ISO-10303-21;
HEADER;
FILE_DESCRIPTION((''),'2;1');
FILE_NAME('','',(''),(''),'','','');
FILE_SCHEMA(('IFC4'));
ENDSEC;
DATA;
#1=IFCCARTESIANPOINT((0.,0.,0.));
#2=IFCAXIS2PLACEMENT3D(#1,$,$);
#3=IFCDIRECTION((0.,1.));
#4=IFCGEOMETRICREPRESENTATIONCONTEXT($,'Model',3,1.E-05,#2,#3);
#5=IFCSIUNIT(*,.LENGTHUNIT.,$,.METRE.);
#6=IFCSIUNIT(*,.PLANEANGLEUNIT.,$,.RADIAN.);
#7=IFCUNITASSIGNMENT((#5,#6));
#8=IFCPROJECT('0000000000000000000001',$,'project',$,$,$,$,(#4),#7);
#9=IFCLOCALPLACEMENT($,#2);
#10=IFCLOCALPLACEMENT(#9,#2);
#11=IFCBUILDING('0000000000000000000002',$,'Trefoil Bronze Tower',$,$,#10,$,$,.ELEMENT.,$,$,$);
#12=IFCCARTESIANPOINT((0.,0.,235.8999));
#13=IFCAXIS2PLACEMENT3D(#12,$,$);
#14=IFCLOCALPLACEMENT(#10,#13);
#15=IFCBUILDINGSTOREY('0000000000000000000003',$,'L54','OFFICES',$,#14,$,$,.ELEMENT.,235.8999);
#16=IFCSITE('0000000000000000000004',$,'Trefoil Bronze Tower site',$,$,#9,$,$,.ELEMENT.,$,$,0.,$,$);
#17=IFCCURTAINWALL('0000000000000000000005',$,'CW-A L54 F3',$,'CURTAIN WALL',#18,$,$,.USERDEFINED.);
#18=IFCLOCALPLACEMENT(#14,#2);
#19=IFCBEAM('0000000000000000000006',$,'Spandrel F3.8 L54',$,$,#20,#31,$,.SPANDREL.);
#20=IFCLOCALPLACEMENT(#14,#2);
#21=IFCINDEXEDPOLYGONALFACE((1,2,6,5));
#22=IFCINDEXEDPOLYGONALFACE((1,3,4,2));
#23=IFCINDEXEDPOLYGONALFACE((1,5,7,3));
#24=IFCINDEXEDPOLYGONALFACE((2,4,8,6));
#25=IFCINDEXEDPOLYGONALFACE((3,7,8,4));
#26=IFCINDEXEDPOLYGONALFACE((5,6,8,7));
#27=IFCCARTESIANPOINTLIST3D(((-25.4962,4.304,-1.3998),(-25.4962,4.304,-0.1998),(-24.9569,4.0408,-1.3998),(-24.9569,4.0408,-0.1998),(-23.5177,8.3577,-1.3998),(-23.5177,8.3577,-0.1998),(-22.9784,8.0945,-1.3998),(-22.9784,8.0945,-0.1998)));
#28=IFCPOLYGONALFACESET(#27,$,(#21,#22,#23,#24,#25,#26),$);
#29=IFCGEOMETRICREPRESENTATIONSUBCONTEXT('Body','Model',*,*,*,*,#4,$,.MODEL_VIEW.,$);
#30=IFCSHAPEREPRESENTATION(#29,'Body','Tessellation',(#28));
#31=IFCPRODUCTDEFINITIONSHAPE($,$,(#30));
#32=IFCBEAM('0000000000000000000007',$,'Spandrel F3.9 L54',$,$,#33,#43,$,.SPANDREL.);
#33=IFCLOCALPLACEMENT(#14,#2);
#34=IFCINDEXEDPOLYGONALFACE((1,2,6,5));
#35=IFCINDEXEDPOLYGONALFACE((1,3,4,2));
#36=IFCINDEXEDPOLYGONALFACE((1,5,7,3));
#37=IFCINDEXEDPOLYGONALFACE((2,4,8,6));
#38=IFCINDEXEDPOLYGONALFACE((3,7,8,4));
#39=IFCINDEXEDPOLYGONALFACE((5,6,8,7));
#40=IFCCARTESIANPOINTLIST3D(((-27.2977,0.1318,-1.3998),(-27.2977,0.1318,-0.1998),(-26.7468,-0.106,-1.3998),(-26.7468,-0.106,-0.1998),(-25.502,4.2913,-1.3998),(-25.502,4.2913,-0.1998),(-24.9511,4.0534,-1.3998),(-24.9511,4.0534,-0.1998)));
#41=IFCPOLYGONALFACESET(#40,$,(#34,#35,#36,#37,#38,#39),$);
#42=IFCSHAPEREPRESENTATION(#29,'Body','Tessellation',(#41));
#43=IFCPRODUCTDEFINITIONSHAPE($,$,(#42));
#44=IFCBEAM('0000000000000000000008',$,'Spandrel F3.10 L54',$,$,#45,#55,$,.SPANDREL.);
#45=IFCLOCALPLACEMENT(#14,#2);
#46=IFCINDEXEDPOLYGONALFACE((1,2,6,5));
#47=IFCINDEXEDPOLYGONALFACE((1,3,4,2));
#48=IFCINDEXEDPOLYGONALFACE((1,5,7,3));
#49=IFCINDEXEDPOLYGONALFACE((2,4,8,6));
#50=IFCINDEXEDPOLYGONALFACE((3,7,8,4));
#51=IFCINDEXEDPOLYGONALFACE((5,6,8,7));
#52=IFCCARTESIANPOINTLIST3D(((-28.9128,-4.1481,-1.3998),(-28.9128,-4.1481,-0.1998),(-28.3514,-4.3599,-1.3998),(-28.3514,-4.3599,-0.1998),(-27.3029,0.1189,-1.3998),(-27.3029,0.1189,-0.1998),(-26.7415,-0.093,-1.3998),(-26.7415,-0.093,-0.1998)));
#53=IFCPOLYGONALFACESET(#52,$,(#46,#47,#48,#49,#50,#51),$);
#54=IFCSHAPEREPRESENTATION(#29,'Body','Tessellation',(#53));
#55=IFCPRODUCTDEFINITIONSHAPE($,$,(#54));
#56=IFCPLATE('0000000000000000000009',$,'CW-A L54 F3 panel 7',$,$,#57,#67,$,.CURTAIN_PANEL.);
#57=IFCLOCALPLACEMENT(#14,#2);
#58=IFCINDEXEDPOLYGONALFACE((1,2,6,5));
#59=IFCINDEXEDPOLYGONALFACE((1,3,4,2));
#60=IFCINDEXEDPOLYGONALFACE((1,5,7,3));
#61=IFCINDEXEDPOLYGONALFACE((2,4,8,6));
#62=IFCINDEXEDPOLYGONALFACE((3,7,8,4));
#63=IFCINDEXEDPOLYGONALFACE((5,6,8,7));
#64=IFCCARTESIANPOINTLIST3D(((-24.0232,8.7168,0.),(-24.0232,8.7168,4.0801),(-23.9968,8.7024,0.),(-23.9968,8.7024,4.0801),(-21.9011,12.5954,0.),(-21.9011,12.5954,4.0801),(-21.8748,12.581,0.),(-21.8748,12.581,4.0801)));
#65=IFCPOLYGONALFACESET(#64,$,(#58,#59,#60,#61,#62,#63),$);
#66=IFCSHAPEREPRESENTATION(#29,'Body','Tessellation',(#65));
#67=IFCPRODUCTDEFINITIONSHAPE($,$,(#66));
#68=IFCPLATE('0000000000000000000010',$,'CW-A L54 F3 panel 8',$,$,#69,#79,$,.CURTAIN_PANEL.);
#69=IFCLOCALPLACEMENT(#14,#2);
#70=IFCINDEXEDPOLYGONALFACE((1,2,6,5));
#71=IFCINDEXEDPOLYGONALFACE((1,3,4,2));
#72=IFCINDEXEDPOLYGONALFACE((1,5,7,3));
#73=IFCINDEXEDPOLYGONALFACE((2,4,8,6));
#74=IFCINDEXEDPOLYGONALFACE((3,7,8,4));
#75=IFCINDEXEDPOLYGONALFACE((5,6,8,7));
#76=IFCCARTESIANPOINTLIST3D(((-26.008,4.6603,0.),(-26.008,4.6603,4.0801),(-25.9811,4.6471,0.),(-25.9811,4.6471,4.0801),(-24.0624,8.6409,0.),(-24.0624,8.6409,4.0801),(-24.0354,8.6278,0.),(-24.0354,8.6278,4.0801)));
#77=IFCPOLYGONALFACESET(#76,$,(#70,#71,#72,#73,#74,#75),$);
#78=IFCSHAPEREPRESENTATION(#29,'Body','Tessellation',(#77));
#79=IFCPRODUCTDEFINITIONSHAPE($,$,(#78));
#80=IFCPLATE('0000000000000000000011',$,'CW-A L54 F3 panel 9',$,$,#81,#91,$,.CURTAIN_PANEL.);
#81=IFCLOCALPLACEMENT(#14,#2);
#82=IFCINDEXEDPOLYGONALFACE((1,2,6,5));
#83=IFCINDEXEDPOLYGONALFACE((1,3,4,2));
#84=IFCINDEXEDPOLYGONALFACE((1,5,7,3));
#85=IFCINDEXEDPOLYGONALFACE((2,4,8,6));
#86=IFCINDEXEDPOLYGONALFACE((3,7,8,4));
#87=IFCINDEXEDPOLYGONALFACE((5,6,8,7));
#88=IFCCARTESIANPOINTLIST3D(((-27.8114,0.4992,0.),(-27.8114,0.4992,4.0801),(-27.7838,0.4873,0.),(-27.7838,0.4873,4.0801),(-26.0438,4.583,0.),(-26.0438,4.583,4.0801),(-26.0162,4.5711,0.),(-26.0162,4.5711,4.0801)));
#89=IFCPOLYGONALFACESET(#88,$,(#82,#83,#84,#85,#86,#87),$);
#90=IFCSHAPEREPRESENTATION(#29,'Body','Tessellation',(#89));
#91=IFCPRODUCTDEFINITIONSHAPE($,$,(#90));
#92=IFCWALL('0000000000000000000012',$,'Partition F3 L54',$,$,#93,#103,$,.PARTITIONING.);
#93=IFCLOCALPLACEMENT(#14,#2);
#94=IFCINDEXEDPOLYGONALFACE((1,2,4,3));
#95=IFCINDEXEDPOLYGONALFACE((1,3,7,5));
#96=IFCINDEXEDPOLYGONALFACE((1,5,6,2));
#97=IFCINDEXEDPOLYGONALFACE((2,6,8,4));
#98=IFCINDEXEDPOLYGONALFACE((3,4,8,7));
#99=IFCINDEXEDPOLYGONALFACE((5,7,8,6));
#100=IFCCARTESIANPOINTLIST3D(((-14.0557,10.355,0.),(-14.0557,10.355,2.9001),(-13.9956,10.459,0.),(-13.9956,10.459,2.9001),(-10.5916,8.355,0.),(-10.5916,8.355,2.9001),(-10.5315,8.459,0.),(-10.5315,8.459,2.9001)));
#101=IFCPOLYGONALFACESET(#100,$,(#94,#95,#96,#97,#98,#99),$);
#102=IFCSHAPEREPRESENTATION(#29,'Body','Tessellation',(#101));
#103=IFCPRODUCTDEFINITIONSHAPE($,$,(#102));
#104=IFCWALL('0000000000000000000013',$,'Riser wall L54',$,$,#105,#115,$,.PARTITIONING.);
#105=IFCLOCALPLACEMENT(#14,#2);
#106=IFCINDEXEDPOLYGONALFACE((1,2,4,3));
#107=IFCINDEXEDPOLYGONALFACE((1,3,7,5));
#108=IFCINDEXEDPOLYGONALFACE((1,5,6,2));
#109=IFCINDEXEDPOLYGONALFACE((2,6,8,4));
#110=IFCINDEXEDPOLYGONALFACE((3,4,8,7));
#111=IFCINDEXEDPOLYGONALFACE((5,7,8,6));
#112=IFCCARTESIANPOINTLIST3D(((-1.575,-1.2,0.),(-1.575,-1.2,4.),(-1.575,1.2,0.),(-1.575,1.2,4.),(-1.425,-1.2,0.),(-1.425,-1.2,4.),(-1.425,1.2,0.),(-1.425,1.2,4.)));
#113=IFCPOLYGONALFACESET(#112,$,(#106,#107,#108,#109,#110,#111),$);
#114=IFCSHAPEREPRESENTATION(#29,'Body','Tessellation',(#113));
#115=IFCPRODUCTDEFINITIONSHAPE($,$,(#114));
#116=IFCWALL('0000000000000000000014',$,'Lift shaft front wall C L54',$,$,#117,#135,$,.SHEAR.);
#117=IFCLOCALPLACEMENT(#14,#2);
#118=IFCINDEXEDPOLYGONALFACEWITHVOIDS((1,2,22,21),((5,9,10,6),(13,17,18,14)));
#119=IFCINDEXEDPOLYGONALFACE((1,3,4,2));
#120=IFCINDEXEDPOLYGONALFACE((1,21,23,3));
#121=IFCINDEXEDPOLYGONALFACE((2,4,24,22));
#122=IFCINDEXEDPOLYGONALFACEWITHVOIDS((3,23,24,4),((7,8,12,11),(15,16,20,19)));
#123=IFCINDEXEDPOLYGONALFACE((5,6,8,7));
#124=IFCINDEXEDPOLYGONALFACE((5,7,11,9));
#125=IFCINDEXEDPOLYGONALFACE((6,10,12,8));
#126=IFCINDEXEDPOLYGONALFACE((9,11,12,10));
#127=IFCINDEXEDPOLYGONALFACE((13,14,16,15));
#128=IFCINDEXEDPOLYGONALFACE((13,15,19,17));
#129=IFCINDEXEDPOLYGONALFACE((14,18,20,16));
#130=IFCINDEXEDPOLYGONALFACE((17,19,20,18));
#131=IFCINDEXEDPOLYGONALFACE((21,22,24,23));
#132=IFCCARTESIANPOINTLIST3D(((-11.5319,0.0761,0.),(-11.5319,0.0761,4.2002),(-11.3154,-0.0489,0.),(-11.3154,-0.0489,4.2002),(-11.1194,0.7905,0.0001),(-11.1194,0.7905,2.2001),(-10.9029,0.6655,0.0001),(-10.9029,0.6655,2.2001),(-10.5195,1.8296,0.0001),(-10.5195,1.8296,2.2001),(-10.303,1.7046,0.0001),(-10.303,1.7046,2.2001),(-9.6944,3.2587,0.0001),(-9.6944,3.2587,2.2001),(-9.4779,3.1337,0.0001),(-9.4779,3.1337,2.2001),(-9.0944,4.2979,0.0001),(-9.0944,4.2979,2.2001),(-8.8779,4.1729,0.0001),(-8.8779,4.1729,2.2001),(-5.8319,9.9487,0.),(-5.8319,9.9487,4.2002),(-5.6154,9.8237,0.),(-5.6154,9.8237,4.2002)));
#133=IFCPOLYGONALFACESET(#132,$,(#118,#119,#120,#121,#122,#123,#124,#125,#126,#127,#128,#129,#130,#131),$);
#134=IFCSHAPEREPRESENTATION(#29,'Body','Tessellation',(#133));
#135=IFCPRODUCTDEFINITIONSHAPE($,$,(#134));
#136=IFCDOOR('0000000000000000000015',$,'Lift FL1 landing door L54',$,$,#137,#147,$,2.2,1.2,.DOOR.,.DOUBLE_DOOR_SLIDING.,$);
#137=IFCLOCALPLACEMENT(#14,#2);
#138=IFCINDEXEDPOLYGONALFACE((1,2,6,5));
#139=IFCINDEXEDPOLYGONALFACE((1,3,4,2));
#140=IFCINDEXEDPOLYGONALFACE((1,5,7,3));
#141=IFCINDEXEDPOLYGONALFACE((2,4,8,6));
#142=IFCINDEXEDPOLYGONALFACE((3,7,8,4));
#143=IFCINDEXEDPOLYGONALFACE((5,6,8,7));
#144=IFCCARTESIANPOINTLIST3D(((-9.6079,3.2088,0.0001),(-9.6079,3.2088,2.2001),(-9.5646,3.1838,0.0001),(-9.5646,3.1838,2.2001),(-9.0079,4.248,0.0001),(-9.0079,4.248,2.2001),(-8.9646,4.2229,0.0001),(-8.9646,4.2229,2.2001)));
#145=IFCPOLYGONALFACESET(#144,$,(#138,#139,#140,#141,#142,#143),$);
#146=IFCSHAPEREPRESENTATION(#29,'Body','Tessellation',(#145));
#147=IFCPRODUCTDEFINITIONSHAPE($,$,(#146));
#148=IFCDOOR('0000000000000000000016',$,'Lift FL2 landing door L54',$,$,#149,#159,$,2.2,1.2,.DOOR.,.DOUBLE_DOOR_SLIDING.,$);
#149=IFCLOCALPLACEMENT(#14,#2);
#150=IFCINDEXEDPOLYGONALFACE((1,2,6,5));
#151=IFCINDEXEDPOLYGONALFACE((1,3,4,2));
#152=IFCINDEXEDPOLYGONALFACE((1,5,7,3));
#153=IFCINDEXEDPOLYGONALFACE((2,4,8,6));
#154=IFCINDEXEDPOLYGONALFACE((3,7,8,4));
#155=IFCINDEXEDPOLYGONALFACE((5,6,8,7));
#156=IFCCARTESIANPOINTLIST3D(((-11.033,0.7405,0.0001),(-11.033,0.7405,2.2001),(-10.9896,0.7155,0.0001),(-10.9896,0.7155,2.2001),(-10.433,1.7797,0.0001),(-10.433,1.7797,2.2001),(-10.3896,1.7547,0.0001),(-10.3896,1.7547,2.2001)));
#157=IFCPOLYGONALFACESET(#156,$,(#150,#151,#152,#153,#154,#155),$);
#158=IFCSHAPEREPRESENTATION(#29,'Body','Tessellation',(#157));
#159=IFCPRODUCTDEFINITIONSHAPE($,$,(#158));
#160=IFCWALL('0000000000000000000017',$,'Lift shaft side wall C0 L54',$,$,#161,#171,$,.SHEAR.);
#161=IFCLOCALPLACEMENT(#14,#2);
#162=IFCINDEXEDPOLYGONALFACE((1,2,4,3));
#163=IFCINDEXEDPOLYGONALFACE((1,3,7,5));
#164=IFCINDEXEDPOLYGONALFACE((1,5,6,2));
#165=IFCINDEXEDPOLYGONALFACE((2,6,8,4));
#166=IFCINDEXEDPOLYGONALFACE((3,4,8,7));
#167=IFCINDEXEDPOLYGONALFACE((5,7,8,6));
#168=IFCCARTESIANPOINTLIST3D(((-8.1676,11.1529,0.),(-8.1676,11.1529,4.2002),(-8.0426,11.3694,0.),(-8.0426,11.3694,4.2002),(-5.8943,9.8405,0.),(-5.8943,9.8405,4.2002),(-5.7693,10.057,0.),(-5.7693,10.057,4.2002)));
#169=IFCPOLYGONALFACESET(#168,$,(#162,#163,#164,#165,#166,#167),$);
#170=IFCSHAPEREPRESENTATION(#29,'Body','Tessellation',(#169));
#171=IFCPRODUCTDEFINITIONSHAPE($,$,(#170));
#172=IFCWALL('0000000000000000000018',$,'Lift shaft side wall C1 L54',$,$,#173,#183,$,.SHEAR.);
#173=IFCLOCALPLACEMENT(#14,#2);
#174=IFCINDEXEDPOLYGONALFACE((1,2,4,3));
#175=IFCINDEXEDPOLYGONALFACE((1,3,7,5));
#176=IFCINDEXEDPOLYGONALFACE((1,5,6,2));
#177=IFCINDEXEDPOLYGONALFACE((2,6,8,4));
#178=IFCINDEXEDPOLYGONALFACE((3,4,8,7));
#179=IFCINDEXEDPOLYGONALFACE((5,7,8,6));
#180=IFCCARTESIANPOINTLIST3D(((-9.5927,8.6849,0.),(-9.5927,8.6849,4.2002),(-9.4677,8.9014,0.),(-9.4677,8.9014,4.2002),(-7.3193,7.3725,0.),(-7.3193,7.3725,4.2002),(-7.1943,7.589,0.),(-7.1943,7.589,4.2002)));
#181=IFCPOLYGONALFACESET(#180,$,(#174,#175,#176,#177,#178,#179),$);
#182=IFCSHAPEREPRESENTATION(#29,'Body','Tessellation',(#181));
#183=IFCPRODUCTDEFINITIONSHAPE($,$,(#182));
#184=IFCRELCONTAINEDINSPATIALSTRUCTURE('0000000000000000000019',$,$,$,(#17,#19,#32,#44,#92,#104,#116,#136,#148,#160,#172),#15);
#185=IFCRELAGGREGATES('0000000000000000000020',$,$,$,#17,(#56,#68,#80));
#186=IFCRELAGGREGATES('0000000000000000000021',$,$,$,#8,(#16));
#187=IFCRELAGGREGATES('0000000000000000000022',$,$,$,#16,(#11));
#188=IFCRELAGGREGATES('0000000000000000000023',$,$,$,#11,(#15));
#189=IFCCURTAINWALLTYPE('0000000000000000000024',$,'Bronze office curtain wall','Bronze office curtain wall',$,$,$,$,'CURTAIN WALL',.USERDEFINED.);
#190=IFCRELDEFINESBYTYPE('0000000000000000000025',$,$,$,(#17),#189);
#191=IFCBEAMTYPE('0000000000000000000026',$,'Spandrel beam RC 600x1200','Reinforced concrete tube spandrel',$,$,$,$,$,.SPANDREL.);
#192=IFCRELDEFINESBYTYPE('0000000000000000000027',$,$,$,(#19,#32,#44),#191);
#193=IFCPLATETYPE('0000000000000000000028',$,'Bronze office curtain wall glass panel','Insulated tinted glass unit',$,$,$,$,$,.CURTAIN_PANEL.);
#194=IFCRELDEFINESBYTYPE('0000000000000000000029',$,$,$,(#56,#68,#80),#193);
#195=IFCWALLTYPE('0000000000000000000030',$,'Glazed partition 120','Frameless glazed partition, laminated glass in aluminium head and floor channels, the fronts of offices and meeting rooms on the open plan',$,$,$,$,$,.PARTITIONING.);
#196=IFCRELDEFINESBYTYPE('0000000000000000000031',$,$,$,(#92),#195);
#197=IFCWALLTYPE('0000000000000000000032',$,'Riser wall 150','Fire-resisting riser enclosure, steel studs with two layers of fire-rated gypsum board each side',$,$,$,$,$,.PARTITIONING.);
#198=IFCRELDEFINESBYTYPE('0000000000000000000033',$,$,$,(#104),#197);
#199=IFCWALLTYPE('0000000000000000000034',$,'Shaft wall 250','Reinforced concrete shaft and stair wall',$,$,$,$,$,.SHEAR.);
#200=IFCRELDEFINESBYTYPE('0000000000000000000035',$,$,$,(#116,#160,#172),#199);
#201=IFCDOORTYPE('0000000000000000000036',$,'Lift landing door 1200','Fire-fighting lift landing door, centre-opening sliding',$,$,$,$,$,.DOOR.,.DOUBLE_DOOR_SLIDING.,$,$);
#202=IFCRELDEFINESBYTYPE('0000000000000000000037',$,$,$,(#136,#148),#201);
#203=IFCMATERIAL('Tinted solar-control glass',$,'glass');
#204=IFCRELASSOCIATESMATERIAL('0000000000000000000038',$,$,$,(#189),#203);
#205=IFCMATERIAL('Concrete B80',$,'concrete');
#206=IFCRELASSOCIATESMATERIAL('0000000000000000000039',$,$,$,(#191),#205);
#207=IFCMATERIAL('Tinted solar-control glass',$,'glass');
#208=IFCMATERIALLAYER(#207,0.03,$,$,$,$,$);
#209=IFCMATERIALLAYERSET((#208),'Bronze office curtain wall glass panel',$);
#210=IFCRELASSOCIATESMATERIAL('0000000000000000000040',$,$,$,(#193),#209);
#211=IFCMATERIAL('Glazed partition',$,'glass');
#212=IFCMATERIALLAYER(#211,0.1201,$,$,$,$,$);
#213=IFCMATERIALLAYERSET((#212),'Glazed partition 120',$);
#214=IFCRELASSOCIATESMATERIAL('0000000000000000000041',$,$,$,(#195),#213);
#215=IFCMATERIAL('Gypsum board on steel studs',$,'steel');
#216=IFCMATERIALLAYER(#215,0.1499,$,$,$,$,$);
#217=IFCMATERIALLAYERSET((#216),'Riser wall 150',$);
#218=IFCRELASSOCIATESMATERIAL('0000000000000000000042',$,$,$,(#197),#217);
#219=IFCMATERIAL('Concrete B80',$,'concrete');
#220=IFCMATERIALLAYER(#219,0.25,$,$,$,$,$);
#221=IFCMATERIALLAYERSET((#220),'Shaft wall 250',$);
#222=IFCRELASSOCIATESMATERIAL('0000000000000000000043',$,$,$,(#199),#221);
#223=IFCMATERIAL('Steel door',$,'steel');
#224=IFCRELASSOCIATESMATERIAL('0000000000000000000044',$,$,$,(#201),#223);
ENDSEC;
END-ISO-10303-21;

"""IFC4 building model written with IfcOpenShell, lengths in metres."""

from ifc_helpers import new_model, si_unit, direction, frame, frame_2d, origin, origin_2d, place, context, subcontext, project, spatial, rectangle, extrude, material, layer, layer_set, material_profile, profile_set, type_object, element, fill, aggregate, save


model = new_model("IFC4")

# Units and contexts
model_context = context("Model", 3, precision=1e-05, world=origin(), true_north=direction((0.0, 1.0)))
body_context = subcontext(model_context, "Body", "Model", "MODEL_VIEW")
ifc_project = project(units=[si_unit("LENGTHUNIT", "METRE"), si_unit("PLANEANGLEUNIT", "RADIAN")], contexts=[model_context])

# Site, building, storey
site_placement = place(None, origin())
site = spatial("IfcSite", under=ifc_project, at=site_placement, Name="Trefoil Bronze Tower site", CompositionType="ELEMENT", RefElevation=0.0)
building_placement = place(site_placement, origin())
building = spatial("IfcBuilding", under=site, at=building_placement, Name="Trefoil Bronze Tower", CompositionType="ELEMENT")
storey_placement = place(building_placement, frame((0.0, 0.0, 235.8999)))
storey = spatial("IfcBuildingStorey", under=building, at=storey_placement, Name="L54", Description="OFFICES", CompositionType="ELEMENT", Elevation=235.8999)

# Curtain wall
ifc_material_1 = material(Name="Tinted solar-control glass", Category="glass")
curtain_wall_type = type_object("IfcCurtainWallType", Name="Bronze office curtain wall", Description="Bronze office curtain wall", ElementType="CURTAIN WALL", PredefinedType="USERDEFINED", material=ifc_material_1)
curtain_wall_placement = place(storey_placement, origin())
curtain_wall = element("IfcCurtainWall", 1, at=curtain_wall_placement, inside=storey, type_object=curtain_wall_type, Name="CW-A L54 F3", ObjectType="CURTAIN WALL", PredefinedType="USERDEFINED")

# Beams
ifc_material_2 = material(Name="Concrete B80", Category="concrete")
ifc_material_profile_1 = material_profile(ifc_material_2, rectangle(XDim=0.6001, YDim=1.2, at=origin_2d()), Name="RC 600x1200")
ifc_profile_set_1 = profile_set([ifc_material_profile_1], Name="Concrete B80")
beam_type_1 = type_object("IfcBeamType", Name="Spandrel beam RC 600x1200", Description="Reinforced concrete tube spandrel", PredefinedType="SPANDREL", material=ifc_profile_set_1)
beam_1_placement = place(storey_placement, frame((-23.248, 8.2261, -0.7998), z_axis=(-0.43862, -0.898673, 0.0), x_axis=(0.898673, -0.43862, 0.0)))
element("IfcBeam", 2, at=beam_1_placement, inside=storey, type_object=beam_type_1, Name="Spandrel F3.8 L54", PredefinedType="SPANDREL", context=body_context, shape_type="SweptSolid", body=[
    extrude(rectangle(XDim=0.6001, YDim=1.2, at=origin_2d()), origin(), (0.0, 0.0, 1.0), 4.5107),
])
beam_2_placement = place(storey_placement, frame((-25.2266, 4.1724, -0.7998), z_axis=(-0.39635, -0.918099, 0.0), x_axis=(0.918099, -0.39635, 0.0)))
element("IfcBeam", 3, at=beam_2_placement, inside=storey, type_object=beam_type_1, Name="Spandrel F3.9 L54", PredefinedType="SPANDREL", context=body_context, shape_type="SweptSolid", body=[
    extrude(rectangle(XDim=0.6001, YDim=1.2, at=origin_2d()), origin(), (0.0, 0.0, 1.0), 4.5305),
])
beam_3_placement = place(storey_placement, frame((-27.0222, 0.0129, -0.7998), z_axis=(-0.353006, -0.935621, 0.0), x_axis=(0.935621, -0.353006, 0.0)))
element("IfcBeam", 4, at=beam_3_placement, inside=storey, type_object=beam_type_1, Name="Spandrel F3.10 L54", PredefinedType="SPANDREL", context=body_context, shape_type="SweptSolid", body=[
    extrude(rectangle(XDim=0.6001, YDim=1.2, at=origin_2d()), origin(), (0.0, 0.0, 1.0), 4.5605),
])

# Plates
ifc_material_3 = material(Name="Tinted solar-control glass", Category="glass")
ifc_layer_1 = layer(ifc_material_3, 0.03)
ifc_layer_set_1 = layer_set([ifc_layer_1], Name="Bronze office curtain wall glass panel")
plate_type = type_object("IfcPlateType", Name="Bronze office curtain wall glass panel", Description="Insulated tinted glass unit", PredefinedType="CURTAIN_PANEL", material=ifc_layer_set_1)
plate_1_placement = place(storey_placement, frame((-22.949, 10.6489, 0.0), z_axis=(0.0, 0.0, 1.0), x_axis=(-0.479974, -0.877283, 0.0)))
plate_1 = element("IfcPlate", 5, at=plate_1_placement, type_object=plate_type, Name="CW-A L54 F3 panel 7", PredefinedType="CURTAIN_PANEL", context=body_context, shape_type="SweptSolid", body=[
    extrude(rectangle(XDim=4.4211, YDim=0.03, at=origin_2d()), origin(), (0.0, 0.0, 1.0), 4.0801),
])
plate_2_placement = place(storey_placement, frame((-25.0217, 6.644, 0.0), z_axis=(0.0, 0.0, 1.0), x_axis=(-0.439129, -0.898424, 0.0)))
plate_2 = element("IfcPlate", 6, at=plate_2_placement, type_object=plate_type, Name="CW-A L54 F3 panel 8", PredefinedType="CURTAIN_PANEL", context=body_context, shape_type="SweptSolid", body=[
    extrude(rectangle(XDim=4.4307, YDim=0.03, at=origin_2d()), origin(), (0.0, 0.0, 1.0), 4.0801),
])
plate_3_placement = place(storey_placement, frame((-26.9138, 2.5352, 0.0), z_axis=(0.0, 0.0, 1.0), x_axis=(-0.39722, -0.917723, 0.0)))
plate_3 = element("IfcPlate", 7, at=plate_3_placement, type_object=plate_type, Name="CW-A L54 F3 panel 9", PredefinedType="CURTAIN_PANEL", context=body_context, shape_type="SweptSolid", body=[
    extrude(rectangle(XDim=4.45, YDim=0.03, at=origin_2d()), origin(), (0.0, 0.0, 1.0), 4.0801),
])
aggregate(curtain_wall, [plate_1, plate_2, plate_3])

# Walls
ifc_material_4 = material(Name="Glazed partition", Category="glass")
ifc_layer_2 = layer(ifc_material_4, 0.1201)
ifc_layer_set_2 = layer_set([ifc_layer_2], Name="Glazed partition 120")
wall_type_1 = type_object("IfcWallType", Name="Glazed partition 120", Description="Frameless glazed partition, laminated glass in aluminium head and floor channels, the fronts of offices and meeting rooms on the open plan", PredefinedType="PARTITIONING", material=ifc_layer_set_2)
wall_1_placement = place(storey_placement, frame((-10.5615, 8.407, 0.0), z_axis=(0.0, 0.0, 1.0), x_axis=(-0.866026, 0.499999, 0.0)))
element("IfcWall", 8, at=wall_1_placement, inside=storey, type_object=wall_type_1, Name="Partition F3 L54", PredefinedType="PARTITIONING", context=body_context, shape_type="SweptSolid", body=[
    extrude(rectangle(XDim=4.0, YDim=0.1201, at=frame_2d((2.0, 0.0))), origin(), (0.0, 0.0, 1.0), 2.9001),
])
ifc_material_5 = material(Name="Gypsum board on steel studs", Category="steel")
ifc_layer_3 = layer(ifc_material_5, 0.1499)
ifc_layer_set_3 = layer_set([ifc_layer_3], Name="Riser wall 150")
wall_type_2 = type_object("IfcWallType", Name="Riser wall 150", Description="Fire-resisting riser enclosure, steel studs with two layers of fire-rated gypsum board each side", PredefinedType="PARTITIONING", material=ifc_layer_set_3)
wall_2_placement = place(storey_placement, frame((-1.5, 1.2, 0.0), z_axis=(0.0, 0.0, 1.0), x_axis=(0.0, -1.0, 0.0)))
element("IfcWall", 9, at=wall_2_placement, inside=storey, type_object=wall_type_2, Name="Riser wall L54", PredefinedType="PARTITIONING", context=body_context, shape_type="SweptSolid", body=[
    extrude(rectangle(XDim=2.3999, YDim=0.1499, at=frame_2d((1.2, 0.0))), origin(), (0.0, 0.0, 1.0), 4.0),
])

# Wall, openings, doors
ifc_material_6 = material(Name="Concrete B80", Category="concrete")
ifc_layer_4 = layer(ifc_material_6, 0.25)
ifc_layer_set_4 = layer_set([ifc_layer_4], Name="Shaft wall 250")
wall_type_3 = type_object("IfcWallType", Name="Shaft wall 250", Description="Reinforced concrete shaft and stair wall", PredefinedType="SHEAR", material=ifc_layer_set_4)
wall_3_placement = place(storey_placement, frame((-5.7236, 9.8862, 0.0), z_axis=(0.0, 0.0, 1.0), x_axis=(-0.500002, -0.866024, 0.0)))
wall_3 = element("IfcWall", 10, at=wall_3_placement, inside=storey, type_object=wall_type_3, Name="Lift shaft front wall C L54", PredefinedType="SHEAR", context=body_context, shape_type="SweptSolid", body=[
    extrude(rectangle(XDim=11.3999, YDim=0.25, at=frame_2d((5.7, 0.0))), origin(), (0.0, 0.0, 1.0), 4.2002),
])
opening_1_placement = place(wall_3_placement, frame((6.5249, 0.0, 0.0)))
opening_1 = element("IfcOpeningElement", 11, at=opening_1_placement, cuts=wall_3, PredefinedType="OPENING", context=body_context, shape_type="SweptSolid", body=[
    extrude(rectangle(XDim=1.2, YDim=2.2, at=frame_2d((0.6001, 1.1001))), frame((0.0, 0.135, 0.0), z_axis=(0.0, -1.0, 0.0), x_axis=(1.0, 0.0, 0.0)), (0.0, 0.0, 1.0), 0.27),
])
opening_2_placement = place(wall_3_placement, frame((9.375, 0.0, 0.0)))
opening_2 = element("IfcOpeningElement", 12, at=opening_2_placement, cuts=wall_3, PredefinedType="OPENING", context=body_context, shape_type="SweptSolid", body=[
    extrude(rectangle(XDim=1.2, YDim=2.2, at=frame_2d((0.6001, 1.1001))), frame((0.0, 0.135, 0.0), z_axis=(0.0, -1.0, 0.0), x_axis=(1.0, 0.0, 0.0)), (0.0, 0.0, 1.0), 0.27),
])
ifc_material_7 = material(Name="Steel door", Category="steel")
door_type = type_object("IfcDoorType", Name="Lift landing door 1200", Description="Fire-fighting lift landing door, centre-opening sliding", OperationType="DOUBLE_DOOR_SLIDING", PredefinedType="DOOR", material=ifc_material_7)
door_1_placement = place(opening_1_placement, origin())
door_1 = element("IfcDoor", 13, at=door_1_placement, inside=storey, type_object=door_type, Name="Lift FL1 landing door L54", OperationType="DOUBLE_DOOR_SLIDING", OverallHeight=2.2, OverallWidth=1.2, PredefinedType="DOOR", context=body_context, shape_type="SweptSolid", body=[
    extrude(rectangle(XDim=1.2, YDim=2.2, at=frame_2d((0.6001, 1.1001))), frame((0.0, 0.0249, 0.0), z_axis=(0.0, -1.0, 0.0), x_axis=(1.0, 0.0, 0.0)), (0.0, 0.0, 1.0), 0.05),
])
fill(opening_1, door_1)
door_2_placement = place(opening_2_placement, origin())
door_2 = element("IfcDoor", 14, at=door_2_placement, inside=storey, type_object=door_type, Name="Lift FL2 landing door L54", OperationType="DOUBLE_DOOR_SLIDING", OverallHeight=2.2, OverallWidth=1.2, PredefinedType="DOOR", context=body_context, shape_type="SweptSolid", body=[
    extrude(rectangle(XDim=1.2, YDim=2.2, at=frame_2d((0.6001, 1.1001))), frame((0.0, 0.0249, 0.0), z_axis=(0.0, -1.0, 0.0), x_axis=(1.0, 0.0, 0.0)), (0.0, 0.0, 1.0), 0.05),
])
fill(opening_2, door_2)

# Walls
for number, where, z_axis, x_axis, name in (
    (15, (-5.8318, 9.9487, 0.0), (0.0, 0.0, 1.0), (-0.866037, 0.49998, 0.0), "Lift shaft side wall C0 L54"),
    (16, (-7.2568, 7.4807, 0.0), (0.0, 0.0, 1.0), (-0.866037, 0.49998, 0.0), "Lift shaft side wall C1 L54"),
):
    element("IfcWall", number, at=place(storey_placement, frame(where, z_axis=z_axis, x_axis=x_axis)), inside=storey, type_object=wall_type_3, Name=name, PredefinedType="SHEAR", context=body_context, shape_type="SweptSolid", body=[
        extrude(rectangle(XDim=2.625, YDim=0.25, at=frame_2d((1.3125, 0.0))), origin(), (0.0, 0.0, 1.0), 4.2002),
    ])

save(model, "model.ifc")
